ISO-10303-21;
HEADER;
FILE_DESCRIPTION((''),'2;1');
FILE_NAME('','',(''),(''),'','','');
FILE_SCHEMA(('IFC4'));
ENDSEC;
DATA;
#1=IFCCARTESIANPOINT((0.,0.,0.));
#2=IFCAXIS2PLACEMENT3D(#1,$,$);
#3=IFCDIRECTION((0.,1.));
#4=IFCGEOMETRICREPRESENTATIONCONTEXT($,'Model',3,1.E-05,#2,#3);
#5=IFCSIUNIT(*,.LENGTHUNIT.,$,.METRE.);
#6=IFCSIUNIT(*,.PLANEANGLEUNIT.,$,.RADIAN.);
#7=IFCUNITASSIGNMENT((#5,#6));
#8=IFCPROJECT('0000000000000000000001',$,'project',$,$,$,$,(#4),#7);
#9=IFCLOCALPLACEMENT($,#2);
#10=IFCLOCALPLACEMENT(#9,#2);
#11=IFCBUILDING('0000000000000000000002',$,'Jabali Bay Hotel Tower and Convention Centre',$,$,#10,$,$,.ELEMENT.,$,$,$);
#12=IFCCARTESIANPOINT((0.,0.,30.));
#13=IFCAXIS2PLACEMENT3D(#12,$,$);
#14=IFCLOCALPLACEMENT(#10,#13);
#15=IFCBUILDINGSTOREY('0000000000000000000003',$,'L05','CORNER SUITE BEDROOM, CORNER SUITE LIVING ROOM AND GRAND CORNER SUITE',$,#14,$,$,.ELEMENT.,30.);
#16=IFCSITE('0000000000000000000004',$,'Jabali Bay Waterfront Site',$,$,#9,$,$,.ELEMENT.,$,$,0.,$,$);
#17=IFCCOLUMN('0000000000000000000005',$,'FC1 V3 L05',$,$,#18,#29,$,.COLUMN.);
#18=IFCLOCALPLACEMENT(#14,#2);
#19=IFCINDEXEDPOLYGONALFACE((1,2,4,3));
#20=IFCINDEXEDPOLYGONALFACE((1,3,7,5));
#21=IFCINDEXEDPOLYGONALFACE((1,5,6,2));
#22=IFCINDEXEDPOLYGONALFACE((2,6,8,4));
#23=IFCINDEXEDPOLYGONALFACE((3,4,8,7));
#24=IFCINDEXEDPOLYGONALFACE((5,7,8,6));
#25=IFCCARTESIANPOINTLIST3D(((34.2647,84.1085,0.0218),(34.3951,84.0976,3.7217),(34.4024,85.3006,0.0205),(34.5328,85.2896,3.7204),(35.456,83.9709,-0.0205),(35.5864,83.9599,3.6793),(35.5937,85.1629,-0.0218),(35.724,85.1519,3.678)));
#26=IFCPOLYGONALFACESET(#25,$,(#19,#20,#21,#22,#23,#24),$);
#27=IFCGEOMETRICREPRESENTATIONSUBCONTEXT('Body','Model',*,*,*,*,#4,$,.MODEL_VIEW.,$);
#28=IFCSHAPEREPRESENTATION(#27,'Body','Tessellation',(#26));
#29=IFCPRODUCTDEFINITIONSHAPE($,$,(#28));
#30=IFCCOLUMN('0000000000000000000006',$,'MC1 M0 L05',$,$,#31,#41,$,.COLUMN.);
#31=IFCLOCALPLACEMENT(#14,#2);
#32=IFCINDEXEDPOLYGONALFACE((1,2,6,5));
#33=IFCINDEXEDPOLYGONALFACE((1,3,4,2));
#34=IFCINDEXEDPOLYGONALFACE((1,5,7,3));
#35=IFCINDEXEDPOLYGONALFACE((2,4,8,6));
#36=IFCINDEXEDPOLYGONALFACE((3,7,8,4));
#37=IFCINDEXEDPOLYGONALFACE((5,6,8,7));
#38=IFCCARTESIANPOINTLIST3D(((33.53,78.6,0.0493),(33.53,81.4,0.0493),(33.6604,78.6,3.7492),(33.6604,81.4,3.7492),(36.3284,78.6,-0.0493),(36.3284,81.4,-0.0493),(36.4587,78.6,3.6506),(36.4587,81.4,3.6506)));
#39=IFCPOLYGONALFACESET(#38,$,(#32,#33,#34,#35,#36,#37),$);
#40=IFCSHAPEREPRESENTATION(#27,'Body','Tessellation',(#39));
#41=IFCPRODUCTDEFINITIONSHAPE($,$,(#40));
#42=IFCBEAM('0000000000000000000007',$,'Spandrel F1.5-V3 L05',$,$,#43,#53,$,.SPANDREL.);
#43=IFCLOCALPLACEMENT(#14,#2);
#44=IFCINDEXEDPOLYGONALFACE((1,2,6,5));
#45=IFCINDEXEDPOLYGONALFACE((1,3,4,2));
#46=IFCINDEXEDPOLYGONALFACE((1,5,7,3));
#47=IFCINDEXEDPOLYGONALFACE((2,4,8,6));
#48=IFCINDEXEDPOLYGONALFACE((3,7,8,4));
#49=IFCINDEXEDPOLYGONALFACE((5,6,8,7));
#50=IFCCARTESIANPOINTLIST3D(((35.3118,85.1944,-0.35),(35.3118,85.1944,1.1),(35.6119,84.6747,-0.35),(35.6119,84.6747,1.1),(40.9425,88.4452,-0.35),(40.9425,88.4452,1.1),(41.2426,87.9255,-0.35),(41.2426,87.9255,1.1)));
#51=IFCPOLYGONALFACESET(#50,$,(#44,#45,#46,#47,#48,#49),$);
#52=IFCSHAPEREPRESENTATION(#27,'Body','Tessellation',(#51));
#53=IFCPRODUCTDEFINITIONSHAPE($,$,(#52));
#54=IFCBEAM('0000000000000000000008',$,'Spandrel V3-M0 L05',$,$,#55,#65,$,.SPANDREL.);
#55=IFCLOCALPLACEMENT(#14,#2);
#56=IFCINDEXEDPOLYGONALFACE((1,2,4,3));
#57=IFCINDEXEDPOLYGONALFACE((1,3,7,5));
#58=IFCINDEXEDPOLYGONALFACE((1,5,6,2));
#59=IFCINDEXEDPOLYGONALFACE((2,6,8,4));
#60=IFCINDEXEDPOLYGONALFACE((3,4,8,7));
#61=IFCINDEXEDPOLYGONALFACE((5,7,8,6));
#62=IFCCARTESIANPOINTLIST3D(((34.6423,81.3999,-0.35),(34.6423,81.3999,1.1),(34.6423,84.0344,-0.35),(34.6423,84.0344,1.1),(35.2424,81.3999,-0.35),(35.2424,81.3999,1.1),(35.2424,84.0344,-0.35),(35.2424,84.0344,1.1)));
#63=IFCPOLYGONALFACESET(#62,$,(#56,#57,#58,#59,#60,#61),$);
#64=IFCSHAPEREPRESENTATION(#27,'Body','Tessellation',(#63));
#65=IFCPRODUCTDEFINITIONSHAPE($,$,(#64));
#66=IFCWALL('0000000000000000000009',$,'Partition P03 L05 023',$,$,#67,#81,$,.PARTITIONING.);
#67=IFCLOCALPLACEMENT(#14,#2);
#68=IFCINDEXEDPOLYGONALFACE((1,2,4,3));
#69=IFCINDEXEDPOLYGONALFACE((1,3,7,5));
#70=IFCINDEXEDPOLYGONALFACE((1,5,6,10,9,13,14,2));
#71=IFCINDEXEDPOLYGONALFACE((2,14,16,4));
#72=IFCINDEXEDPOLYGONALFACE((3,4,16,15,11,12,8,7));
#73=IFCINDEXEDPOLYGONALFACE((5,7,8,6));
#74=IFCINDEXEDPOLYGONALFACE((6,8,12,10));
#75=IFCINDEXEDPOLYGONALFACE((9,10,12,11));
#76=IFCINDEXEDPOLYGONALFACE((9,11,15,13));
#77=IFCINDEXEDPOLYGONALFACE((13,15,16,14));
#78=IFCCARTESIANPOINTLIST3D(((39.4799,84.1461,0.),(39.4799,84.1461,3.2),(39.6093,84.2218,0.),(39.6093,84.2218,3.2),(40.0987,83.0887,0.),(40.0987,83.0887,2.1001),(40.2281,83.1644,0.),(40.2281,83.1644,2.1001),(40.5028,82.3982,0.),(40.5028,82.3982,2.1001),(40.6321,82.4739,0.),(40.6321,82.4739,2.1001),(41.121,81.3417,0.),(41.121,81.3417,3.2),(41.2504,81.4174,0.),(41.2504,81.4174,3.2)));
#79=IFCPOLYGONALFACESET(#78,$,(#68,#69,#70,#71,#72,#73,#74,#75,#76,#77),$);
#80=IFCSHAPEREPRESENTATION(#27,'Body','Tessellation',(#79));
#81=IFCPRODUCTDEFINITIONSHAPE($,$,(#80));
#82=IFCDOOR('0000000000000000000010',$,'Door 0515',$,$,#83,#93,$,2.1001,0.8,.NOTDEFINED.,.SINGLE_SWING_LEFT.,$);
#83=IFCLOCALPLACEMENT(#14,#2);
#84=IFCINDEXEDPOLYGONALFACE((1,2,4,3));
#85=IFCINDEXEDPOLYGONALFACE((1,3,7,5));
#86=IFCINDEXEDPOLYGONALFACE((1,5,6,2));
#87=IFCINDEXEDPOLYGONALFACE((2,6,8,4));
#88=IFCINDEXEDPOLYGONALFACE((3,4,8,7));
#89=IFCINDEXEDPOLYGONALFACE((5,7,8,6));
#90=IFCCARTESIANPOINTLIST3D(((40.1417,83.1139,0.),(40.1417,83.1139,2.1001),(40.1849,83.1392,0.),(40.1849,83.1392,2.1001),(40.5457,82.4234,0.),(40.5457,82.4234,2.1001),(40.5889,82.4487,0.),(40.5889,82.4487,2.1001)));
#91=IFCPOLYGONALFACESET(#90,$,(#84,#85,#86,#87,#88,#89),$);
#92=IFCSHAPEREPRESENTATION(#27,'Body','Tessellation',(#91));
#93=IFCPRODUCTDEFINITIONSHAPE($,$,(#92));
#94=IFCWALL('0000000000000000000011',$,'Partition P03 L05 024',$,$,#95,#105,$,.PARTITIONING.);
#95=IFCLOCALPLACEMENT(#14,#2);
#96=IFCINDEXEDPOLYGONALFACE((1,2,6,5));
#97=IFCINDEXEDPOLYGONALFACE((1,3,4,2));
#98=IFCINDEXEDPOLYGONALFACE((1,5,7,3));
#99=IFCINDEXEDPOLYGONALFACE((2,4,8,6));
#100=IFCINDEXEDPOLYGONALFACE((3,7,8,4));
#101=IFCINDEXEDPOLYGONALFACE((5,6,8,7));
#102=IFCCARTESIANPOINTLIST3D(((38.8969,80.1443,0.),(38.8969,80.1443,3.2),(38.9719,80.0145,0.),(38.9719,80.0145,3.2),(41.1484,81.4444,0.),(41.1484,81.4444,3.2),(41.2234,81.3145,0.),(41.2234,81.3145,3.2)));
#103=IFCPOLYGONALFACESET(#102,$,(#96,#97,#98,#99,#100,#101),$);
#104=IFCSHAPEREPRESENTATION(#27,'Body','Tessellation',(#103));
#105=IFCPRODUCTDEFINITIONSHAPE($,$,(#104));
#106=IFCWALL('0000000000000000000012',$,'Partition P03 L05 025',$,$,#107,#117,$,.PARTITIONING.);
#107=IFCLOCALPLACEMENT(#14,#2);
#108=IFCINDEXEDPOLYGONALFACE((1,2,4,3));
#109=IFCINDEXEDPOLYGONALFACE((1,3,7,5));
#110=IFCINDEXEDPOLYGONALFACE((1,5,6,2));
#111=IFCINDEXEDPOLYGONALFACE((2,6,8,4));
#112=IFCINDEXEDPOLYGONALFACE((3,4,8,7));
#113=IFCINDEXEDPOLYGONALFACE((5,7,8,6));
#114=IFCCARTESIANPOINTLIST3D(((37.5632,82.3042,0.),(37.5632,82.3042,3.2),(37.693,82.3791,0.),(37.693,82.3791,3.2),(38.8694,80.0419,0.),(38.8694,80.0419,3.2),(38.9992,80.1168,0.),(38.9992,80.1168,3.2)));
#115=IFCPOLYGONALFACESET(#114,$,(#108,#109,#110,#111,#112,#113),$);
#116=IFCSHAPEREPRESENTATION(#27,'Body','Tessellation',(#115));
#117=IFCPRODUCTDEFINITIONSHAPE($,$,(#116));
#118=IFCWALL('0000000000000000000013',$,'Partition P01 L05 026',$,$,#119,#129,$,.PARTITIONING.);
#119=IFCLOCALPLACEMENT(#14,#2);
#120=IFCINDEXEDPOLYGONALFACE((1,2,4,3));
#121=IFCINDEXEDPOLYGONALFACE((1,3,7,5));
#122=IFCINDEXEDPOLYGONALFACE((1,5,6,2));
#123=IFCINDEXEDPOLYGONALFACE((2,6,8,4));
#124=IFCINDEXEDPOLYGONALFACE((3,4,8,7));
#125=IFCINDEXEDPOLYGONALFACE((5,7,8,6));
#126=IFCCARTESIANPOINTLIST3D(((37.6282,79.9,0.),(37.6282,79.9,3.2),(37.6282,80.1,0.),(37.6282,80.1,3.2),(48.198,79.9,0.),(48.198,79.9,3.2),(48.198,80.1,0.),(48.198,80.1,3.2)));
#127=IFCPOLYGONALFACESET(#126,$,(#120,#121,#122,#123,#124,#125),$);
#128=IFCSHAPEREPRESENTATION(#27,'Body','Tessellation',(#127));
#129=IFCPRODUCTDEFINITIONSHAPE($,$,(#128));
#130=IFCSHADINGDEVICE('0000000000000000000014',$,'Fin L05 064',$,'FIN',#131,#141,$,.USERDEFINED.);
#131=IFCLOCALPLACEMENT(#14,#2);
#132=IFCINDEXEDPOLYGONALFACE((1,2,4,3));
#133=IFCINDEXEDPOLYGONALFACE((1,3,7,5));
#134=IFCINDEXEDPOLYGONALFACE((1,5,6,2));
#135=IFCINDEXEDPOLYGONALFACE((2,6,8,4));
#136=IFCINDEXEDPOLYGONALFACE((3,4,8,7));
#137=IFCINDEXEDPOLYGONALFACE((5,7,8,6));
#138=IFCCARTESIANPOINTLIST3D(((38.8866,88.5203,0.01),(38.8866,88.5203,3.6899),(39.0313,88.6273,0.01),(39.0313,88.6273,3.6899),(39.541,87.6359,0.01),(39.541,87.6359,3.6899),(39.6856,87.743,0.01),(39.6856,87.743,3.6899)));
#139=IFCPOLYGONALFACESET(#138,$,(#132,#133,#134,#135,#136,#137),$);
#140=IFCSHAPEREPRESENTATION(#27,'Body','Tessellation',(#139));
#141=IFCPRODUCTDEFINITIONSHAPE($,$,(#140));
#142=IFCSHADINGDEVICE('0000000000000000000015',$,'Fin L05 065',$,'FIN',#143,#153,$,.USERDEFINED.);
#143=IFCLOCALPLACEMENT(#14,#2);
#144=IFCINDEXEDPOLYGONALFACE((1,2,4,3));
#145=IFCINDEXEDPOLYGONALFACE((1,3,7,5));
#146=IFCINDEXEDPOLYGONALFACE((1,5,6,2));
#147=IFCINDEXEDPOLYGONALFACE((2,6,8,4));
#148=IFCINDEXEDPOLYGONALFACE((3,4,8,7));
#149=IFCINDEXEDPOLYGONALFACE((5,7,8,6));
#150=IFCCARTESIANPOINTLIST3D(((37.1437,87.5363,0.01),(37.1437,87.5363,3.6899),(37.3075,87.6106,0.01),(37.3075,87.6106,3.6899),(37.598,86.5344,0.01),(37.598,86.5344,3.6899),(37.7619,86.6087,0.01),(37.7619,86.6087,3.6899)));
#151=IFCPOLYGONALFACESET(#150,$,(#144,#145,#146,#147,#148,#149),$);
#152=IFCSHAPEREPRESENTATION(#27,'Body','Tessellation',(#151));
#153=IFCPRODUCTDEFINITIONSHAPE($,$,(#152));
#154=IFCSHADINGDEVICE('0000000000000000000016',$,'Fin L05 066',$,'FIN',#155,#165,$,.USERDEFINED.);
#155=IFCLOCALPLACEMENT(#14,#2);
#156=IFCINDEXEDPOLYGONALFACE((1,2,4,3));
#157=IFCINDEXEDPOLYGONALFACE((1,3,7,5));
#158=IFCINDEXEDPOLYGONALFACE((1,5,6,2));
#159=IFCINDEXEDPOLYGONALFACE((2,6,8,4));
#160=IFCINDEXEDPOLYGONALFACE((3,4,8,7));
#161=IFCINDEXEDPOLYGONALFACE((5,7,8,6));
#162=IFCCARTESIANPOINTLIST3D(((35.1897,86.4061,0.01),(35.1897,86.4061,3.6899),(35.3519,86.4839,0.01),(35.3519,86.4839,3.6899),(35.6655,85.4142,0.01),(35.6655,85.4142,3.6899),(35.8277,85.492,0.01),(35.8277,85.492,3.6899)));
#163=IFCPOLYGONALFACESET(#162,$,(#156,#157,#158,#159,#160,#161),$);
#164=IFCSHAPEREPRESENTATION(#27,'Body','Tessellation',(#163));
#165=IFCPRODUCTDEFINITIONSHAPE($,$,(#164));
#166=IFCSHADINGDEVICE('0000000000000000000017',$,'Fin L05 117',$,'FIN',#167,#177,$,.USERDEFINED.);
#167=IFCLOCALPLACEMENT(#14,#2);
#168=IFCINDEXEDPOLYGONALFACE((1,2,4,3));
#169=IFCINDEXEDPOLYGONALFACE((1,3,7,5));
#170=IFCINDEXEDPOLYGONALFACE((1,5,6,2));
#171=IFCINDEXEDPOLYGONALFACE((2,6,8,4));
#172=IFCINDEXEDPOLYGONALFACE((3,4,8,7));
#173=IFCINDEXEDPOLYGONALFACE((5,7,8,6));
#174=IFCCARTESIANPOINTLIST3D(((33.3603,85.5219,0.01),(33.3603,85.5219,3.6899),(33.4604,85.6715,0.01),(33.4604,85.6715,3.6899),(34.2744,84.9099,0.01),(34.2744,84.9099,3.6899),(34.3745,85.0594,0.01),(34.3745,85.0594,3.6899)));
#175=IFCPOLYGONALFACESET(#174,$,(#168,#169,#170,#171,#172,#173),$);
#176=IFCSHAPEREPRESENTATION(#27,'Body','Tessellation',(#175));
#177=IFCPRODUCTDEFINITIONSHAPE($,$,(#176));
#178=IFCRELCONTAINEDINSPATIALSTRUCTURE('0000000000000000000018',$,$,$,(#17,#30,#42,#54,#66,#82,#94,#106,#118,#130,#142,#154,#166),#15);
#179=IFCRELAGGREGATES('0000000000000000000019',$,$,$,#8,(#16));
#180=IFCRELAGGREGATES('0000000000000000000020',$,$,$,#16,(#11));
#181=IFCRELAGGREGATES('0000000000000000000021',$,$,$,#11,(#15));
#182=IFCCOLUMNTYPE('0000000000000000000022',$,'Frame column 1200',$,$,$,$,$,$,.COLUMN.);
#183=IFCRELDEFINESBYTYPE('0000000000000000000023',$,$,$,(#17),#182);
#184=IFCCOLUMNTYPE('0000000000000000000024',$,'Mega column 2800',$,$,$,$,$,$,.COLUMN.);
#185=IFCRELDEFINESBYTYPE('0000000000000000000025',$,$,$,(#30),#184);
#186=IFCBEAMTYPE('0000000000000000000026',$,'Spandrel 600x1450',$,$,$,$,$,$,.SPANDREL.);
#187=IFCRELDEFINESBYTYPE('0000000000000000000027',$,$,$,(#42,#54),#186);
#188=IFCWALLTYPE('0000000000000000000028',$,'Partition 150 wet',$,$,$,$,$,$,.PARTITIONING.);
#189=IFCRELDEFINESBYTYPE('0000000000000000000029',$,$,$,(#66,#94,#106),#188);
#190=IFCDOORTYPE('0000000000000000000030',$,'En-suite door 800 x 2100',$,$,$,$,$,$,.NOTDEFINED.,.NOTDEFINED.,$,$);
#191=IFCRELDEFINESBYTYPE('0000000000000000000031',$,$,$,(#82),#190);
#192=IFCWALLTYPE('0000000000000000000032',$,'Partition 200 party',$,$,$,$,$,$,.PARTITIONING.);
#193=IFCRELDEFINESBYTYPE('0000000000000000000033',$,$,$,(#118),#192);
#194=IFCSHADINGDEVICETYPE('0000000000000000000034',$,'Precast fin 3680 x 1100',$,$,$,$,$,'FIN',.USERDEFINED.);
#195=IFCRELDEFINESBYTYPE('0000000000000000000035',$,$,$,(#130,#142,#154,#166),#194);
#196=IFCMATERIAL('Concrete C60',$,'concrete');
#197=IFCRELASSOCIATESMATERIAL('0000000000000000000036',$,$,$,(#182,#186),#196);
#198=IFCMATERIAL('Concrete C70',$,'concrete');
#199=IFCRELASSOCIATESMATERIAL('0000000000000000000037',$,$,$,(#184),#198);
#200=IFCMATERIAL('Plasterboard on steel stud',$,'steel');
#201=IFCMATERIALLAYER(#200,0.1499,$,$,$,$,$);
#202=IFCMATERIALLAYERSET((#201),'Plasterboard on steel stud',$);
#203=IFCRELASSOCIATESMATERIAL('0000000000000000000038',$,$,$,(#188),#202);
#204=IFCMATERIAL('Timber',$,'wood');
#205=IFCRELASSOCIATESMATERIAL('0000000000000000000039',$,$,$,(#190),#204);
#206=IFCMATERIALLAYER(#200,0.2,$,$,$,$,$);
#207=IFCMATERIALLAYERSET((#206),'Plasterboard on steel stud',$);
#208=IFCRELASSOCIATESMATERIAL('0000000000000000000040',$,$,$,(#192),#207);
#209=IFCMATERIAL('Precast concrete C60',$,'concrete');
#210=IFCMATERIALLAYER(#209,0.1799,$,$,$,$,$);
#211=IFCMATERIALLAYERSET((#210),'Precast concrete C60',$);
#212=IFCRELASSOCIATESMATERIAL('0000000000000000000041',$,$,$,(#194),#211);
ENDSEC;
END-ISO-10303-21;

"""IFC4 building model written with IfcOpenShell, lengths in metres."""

from ifc_helpers import new_model, si_unit, direction, frame, frame_2d, origin, origin_2d, place, context, subcontext, project, spatial, rectangle, extrude, material, layer, layer_set, material_profile, profile_set, type_object, element, fill, save


model = new_model("IFC4")

# Units and contexts
model_context = context("Model", 3, precision=1e-05, world=origin(), true_north=direction((0.0, 1.0)))
body_context = subcontext(model_context, "Body", "Model", "MODEL_VIEW")
ifc_project = project(units=[si_unit("LENGTHUNIT", "METRE"), si_unit("PLANEANGLEUNIT", "RADIAN")], contexts=[model_context])

# Site, building, storey
site_placement = place(None, origin())
site = spatial("IfcSite", under=ifc_project, at=site_placement, Name="Jabali Bay Waterfront Site", CompositionType="ELEMENT", RefElevation=0.0)
building_placement = place(site_placement, origin())
building = spatial("IfcBuilding", under=site, at=building_placement, Name="Jabali Bay Hotel Tower and Convention Centre", CompositionType="ELEMENT")
storey_placement = place(building_placement, frame((0.0, 0.0, 30.0)))
storey = spatial("IfcBuildingStorey", under=building, at=storey_placement, Name="L05", Description="CORNER SUITE BEDROOM, CORNER SUITE LIVING ROOM AND GRAND CORNER SUITE", CompositionType="ELEMENT", Elevation=30.0)

# Columns
ifc_material_1 = material(Name="Concrete C60", Category="concrete")
ifc_material_profile_1 = material_profile(ifc_material_1, rectangle(XDim=1.2, YDim=1.2, at=origin_2d()), Name="Frame column 1200")
ifc_profile_set_1 = profile_set([ifc_material_profile_1], Name="Concrete C60")
column_type_1 = type_object("IfcColumnType", Name="Frame column 1200", PredefinedType="COLUMN", material=ifc_profile_set_1)
column_1_placement = place(storey_placement, frame((34.9292, 84.6357, 0.0), z_axis=(0.035214, -0.002967, 0.999375), x_axis=(-0.992771, 0.114705, 0.035322)))
element("IfcColumn", 1, at=column_1_placement, inside=storey, type_object=column_type_1, Name="FC1 V3 L05", PredefinedType="COLUMN", context=body_context, shape_type="SweptSolid", body=[
    extrude(rectangle(XDim=1.2, YDim=1.2, at=origin_2d()), origin(), (0.0, 0.0, 1.0), 3.7021),
])
ifc_material_2 = material(Name="Concrete C70", Category="concrete")
ifc_material_profile_2 = material_profile(ifc_material_2, rectangle(XDim=2.8, YDim=2.8, at=origin_2d()), Name="Mega column 2800")
ifc_profile_set_2 = profile_set([ifc_material_profile_2], Name="Concrete C70")
column_type_2 = type_object("IfcColumnType", Name="Mega column 2800", PredefinedType="COLUMN", material=ifc_profile_set_2)
column_2_placement = place(storey_placement, frame((34.9292, 80.0, 0.0), z_axis=(0.035214, 0.0, 0.99938), x_axis=(0.0, 1.0, 0.0)))
element("IfcColumn", 2, at=column_2_placement, inside=storey, type_object=column_type_2, Name="MC1 M0 L05", PredefinedType="COLUMN", context=body_context, shape_type="SweptSolid", body=[
    extrude(rectangle(XDim=2.8, YDim=2.8, at=origin_2d()), origin(), (0.0, 0.0, 1.0), 3.7021),
])

# Beams
ifc_material_profile_3 = material_profile(ifc_material_1, rectangle(XDim=0.6001, YDim=1.45, at=origin_2d()), Name="Spandrel 600x1450")
ifc_profile_set_3 = profile_set([ifc_material_profile_3], Name="Concrete C60")
beam_type = type_object("IfcBeamType", Name="Spandrel 600x1450", PredefinedType="SPANDREL", material=ifc_profile_set_3)
beam_1_placement = place(storey_placement, frame((41.0925, 88.1853, 0.375), z_axis=(-0.866032, -0.499988, 0.0), x_axis=(0.499988, -0.866032, 0.0)))
element("IfcBeam", 3, at=beam_1_placement, inside=storey, type_object=beam_type, Name="Spandrel F1.5-V3 L05", PredefinedType="SPANDREL", context=body_context, shape_type="SweptSolid", body=[
    extrude(rectangle(XDim=0.6001, YDim=1.45, at=origin_2d()), origin(), (0.0, 0.0, 1.0), 6.5017),
])
beam_2_placement = place(storey_placement, frame((34.9424, 84.0344, 0.375), z_axis=(0.0, -1.0, 0.0), x_axis=(1.0, 0.0, 0.0)))
element("IfcBeam", 4, at=beam_2_placement, inside=storey, type_object=beam_type, Name="Spandrel V3-M0 L05", PredefinedType="SPANDREL", context=body_context, shape_type="SweptSolid", body=[
    extrude(rectangle(XDim=0.6001, YDim=1.45, at=origin_2d()), origin(), (0.0, 0.0, 1.0), 2.6345),
])

# Wall, opening, door
ifc_material_3 = material(Name="Plasterboard on steel stud", Category="steel")
ifc_layer_1 = layer(ifc_material_3, 0.1499)
ifc_layer_set_1 = layer_set([ifc_layer_1], Name="Plasterboard on steel stud")
wall_type_1 = type_object("IfcWallType", Name="Partition 150 wet", PredefinedType="PARTITIONING", material=ifc_layer_set_1)
wall_1_placement = place(storey_placement, frame((39.5447, 84.1838, 0.0), z_axis=(0.0, 0.0, 1.0), x_axis=(0.505062, -0.863083, 0.0)))
wall_1 = element("IfcWall", 5, at=wall_1_placement, inside=storey, type_object=wall_type_1, Name="Partition P03 L05 023", PredefinedType="PARTITIONING", context=body_context, shape_type="SweptSolid", body=[
    extrude(rectangle(XDim=3.2493, YDim=0.1499, at=frame_2d((1.6245, 0.0))), origin(), (0.0, 0.0, 1.0), 3.2),
])
opening_1_placement = place(wall_1_placement, frame((1.2251, 0.0, 0.0)))
opening_1 = element("IfcOpeningElement", 6, at=opening_1_placement, cuts=wall_1, PredefinedType="OPENING", context=body_context, shape_type="SweptSolid", body=[
    extrude(rectangle(XDim=0.8, YDim=2.1001, at=frame_2d((0.3999, 1.05))), frame((0.0, 0.0854, 0.0), z_axis=(0.0, -1.0, 0.0), x_axis=(1.0, 0.0, 0.0)), (0.0, 0.0, 1.0), 0.1709),
])
ifc_material_4 = material(Name="Timber", Category="wood")
door_type_1 = type_object("IfcDoorType", Name="En-suite door 800 x 2100", OperationType="NOTDEFINED", PredefinedType="NOTDEFINED", material=ifc_material_4)
door_1_placement = place(opening_1_placement, origin())
door_1 = element("IfcDoor", 7, at=door_1_placement, inside=storey, type_object=door_type_1, Name="Door 0515", OperationType="SINGLE_SWING_LEFT", OverallHeight=2.1001, OverallWidth=0.8, PredefinedType="NOTDEFINED", context=body_context, shape_type="SweptSolid", body=[
    extrude(rectangle(XDim=0.8, YDim=2.1001, at=frame_2d((0.3999, 1.05))), frame((0.0, 0.0249, 0.0), z_axis=(0.0, -1.0, 0.0), x_axis=(1.0, 0.0, 0.0)), (0.0, 0.0, 1.0), 0.05),
])
fill(opening_1, door_1)

# Walls
wall_2_placement = place(storey_placement, frame((41.1858, 81.3794, 0.0), z_axis=(0.0, 0.0, 1.0), x_axis=(-0.865998, -0.500048, 0.0)))
element("IfcWall", 8, at=wall_2_placement, inside=storey, type_object=wall_type_1, Name="Partition P03 L05 024", PredefinedType="PARTITIONING", context=body_context, shape_type="SweptSolid", body=[
    extrude(rectangle(XDim=2.5999, YDim=0.1499, at=frame_2d((1.2998, 0.0))), origin(), (0.0, 0.0, 1.0), 3.2),
])
wall_3_placement = place(storey_placement, frame((38.9343, 80.0793, 0.0), z_axis=(0.0, 0.0, 1.0), x_axis=(-0.500019, 0.866014, 0.0)))
element("IfcWall", 9, at=wall_3_placement, inside=storey, type_object=wall_type_1, Name="Partition P03 L05 025", PredefinedType="PARTITIONING", context=body_context, shape_type="SweptSolid", body=[
    extrude(rectangle(XDim=2.6123, YDim=0.1499, at=frame_2d((1.3062, 0.0))), origin(), (0.0, 0.0, 1.0), 3.2),
])
ifc_layer_2 = layer(ifc_material_3, 0.2)
ifc_layer_set_2 = layer_set([ifc_layer_2], Name="Plasterboard on steel stud")
wall_type_2 = type_object("IfcWallType", Name="Partition 200 party", PredefinedType="PARTITIONING", material=ifc_layer_set_2)
wall_4_placement = place(storey_placement, frame((37.6282, 80.0, 0.0), z_axis=(0.0, 0.0, 1.0), x_axis=(1.0, 0.0, 0.0)))
element("IfcWall", 10, at=wall_4_placement, inside=storey, type_object=wall_type_2, Name="Partition P01 L05 026", PredefinedType="PARTITIONING", context=body_context, shape_type="SweptSolid", body=[
    extrude(rectangle(XDim=10.5698, YDim=0.2, at=frame_2d((5.2849, 0.0))), origin(), (0.0, 0.0, 1.0), 3.2),
])

# Shading devices
ifc_material_5 = material(Name="Precast concrete C60", Category="concrete")
ifc_layer_3 = layer(ifc_material_5, 0.1799)
ifc_layer_set_3 = layer_set([ifc_layer_3], Name="Precast concrete C60")
shading_device_type_1 = type_object("IfcShadingDeviceType", Name="Precast fin 3680 x 1100", ElementType="FIN", PredefinedType="USERDEFINED", material=ifc_layer_set_3)
for number, where, z_axis, x_axis, name in (
    (11, (39.6133, 87.6895, 0.01), (0.0, 0.0, 1.0), (-0.594803, 0.803872, 0.0), "Fin L05 064"),
    (12, (37.6799, 86.5715, 0.01), (0.0, 0.0, 1.0), (-0.412984, 0.910739, 0.0), "Fin L05 065"),
    (13, (35.7466, 85.4531, 0.01), (0.0, 0.0, 1.0), (-0.432507, 0.90163, 0.0), "Fin L05 066"),
    (14, (34.3245, 84.9846, 0.01), (0.0, 0.0, 1.0), (-0.830922, 0.556389, 0.0), "Fin L05 117"),
):
    element("IfcShadingDevice", number, at=place(storey_placement, frame(where, z_axis=z_axis, x_axis=x_axis)), inside=storey, type_object=shading_device_type_1, Name=name, ObjectType="FIN", PredefinedType="USERDEFINED", context=body_context, shape_type="SweptSolid", body=[
        extrude(rectangle(XDim=1.1001, YDim=0.1799, at=frame_2d((0.55, 0.0))), origin(), (0.0, 0.0, 1.0), 3.6799),
    ])

save(model, "model.ifc")
